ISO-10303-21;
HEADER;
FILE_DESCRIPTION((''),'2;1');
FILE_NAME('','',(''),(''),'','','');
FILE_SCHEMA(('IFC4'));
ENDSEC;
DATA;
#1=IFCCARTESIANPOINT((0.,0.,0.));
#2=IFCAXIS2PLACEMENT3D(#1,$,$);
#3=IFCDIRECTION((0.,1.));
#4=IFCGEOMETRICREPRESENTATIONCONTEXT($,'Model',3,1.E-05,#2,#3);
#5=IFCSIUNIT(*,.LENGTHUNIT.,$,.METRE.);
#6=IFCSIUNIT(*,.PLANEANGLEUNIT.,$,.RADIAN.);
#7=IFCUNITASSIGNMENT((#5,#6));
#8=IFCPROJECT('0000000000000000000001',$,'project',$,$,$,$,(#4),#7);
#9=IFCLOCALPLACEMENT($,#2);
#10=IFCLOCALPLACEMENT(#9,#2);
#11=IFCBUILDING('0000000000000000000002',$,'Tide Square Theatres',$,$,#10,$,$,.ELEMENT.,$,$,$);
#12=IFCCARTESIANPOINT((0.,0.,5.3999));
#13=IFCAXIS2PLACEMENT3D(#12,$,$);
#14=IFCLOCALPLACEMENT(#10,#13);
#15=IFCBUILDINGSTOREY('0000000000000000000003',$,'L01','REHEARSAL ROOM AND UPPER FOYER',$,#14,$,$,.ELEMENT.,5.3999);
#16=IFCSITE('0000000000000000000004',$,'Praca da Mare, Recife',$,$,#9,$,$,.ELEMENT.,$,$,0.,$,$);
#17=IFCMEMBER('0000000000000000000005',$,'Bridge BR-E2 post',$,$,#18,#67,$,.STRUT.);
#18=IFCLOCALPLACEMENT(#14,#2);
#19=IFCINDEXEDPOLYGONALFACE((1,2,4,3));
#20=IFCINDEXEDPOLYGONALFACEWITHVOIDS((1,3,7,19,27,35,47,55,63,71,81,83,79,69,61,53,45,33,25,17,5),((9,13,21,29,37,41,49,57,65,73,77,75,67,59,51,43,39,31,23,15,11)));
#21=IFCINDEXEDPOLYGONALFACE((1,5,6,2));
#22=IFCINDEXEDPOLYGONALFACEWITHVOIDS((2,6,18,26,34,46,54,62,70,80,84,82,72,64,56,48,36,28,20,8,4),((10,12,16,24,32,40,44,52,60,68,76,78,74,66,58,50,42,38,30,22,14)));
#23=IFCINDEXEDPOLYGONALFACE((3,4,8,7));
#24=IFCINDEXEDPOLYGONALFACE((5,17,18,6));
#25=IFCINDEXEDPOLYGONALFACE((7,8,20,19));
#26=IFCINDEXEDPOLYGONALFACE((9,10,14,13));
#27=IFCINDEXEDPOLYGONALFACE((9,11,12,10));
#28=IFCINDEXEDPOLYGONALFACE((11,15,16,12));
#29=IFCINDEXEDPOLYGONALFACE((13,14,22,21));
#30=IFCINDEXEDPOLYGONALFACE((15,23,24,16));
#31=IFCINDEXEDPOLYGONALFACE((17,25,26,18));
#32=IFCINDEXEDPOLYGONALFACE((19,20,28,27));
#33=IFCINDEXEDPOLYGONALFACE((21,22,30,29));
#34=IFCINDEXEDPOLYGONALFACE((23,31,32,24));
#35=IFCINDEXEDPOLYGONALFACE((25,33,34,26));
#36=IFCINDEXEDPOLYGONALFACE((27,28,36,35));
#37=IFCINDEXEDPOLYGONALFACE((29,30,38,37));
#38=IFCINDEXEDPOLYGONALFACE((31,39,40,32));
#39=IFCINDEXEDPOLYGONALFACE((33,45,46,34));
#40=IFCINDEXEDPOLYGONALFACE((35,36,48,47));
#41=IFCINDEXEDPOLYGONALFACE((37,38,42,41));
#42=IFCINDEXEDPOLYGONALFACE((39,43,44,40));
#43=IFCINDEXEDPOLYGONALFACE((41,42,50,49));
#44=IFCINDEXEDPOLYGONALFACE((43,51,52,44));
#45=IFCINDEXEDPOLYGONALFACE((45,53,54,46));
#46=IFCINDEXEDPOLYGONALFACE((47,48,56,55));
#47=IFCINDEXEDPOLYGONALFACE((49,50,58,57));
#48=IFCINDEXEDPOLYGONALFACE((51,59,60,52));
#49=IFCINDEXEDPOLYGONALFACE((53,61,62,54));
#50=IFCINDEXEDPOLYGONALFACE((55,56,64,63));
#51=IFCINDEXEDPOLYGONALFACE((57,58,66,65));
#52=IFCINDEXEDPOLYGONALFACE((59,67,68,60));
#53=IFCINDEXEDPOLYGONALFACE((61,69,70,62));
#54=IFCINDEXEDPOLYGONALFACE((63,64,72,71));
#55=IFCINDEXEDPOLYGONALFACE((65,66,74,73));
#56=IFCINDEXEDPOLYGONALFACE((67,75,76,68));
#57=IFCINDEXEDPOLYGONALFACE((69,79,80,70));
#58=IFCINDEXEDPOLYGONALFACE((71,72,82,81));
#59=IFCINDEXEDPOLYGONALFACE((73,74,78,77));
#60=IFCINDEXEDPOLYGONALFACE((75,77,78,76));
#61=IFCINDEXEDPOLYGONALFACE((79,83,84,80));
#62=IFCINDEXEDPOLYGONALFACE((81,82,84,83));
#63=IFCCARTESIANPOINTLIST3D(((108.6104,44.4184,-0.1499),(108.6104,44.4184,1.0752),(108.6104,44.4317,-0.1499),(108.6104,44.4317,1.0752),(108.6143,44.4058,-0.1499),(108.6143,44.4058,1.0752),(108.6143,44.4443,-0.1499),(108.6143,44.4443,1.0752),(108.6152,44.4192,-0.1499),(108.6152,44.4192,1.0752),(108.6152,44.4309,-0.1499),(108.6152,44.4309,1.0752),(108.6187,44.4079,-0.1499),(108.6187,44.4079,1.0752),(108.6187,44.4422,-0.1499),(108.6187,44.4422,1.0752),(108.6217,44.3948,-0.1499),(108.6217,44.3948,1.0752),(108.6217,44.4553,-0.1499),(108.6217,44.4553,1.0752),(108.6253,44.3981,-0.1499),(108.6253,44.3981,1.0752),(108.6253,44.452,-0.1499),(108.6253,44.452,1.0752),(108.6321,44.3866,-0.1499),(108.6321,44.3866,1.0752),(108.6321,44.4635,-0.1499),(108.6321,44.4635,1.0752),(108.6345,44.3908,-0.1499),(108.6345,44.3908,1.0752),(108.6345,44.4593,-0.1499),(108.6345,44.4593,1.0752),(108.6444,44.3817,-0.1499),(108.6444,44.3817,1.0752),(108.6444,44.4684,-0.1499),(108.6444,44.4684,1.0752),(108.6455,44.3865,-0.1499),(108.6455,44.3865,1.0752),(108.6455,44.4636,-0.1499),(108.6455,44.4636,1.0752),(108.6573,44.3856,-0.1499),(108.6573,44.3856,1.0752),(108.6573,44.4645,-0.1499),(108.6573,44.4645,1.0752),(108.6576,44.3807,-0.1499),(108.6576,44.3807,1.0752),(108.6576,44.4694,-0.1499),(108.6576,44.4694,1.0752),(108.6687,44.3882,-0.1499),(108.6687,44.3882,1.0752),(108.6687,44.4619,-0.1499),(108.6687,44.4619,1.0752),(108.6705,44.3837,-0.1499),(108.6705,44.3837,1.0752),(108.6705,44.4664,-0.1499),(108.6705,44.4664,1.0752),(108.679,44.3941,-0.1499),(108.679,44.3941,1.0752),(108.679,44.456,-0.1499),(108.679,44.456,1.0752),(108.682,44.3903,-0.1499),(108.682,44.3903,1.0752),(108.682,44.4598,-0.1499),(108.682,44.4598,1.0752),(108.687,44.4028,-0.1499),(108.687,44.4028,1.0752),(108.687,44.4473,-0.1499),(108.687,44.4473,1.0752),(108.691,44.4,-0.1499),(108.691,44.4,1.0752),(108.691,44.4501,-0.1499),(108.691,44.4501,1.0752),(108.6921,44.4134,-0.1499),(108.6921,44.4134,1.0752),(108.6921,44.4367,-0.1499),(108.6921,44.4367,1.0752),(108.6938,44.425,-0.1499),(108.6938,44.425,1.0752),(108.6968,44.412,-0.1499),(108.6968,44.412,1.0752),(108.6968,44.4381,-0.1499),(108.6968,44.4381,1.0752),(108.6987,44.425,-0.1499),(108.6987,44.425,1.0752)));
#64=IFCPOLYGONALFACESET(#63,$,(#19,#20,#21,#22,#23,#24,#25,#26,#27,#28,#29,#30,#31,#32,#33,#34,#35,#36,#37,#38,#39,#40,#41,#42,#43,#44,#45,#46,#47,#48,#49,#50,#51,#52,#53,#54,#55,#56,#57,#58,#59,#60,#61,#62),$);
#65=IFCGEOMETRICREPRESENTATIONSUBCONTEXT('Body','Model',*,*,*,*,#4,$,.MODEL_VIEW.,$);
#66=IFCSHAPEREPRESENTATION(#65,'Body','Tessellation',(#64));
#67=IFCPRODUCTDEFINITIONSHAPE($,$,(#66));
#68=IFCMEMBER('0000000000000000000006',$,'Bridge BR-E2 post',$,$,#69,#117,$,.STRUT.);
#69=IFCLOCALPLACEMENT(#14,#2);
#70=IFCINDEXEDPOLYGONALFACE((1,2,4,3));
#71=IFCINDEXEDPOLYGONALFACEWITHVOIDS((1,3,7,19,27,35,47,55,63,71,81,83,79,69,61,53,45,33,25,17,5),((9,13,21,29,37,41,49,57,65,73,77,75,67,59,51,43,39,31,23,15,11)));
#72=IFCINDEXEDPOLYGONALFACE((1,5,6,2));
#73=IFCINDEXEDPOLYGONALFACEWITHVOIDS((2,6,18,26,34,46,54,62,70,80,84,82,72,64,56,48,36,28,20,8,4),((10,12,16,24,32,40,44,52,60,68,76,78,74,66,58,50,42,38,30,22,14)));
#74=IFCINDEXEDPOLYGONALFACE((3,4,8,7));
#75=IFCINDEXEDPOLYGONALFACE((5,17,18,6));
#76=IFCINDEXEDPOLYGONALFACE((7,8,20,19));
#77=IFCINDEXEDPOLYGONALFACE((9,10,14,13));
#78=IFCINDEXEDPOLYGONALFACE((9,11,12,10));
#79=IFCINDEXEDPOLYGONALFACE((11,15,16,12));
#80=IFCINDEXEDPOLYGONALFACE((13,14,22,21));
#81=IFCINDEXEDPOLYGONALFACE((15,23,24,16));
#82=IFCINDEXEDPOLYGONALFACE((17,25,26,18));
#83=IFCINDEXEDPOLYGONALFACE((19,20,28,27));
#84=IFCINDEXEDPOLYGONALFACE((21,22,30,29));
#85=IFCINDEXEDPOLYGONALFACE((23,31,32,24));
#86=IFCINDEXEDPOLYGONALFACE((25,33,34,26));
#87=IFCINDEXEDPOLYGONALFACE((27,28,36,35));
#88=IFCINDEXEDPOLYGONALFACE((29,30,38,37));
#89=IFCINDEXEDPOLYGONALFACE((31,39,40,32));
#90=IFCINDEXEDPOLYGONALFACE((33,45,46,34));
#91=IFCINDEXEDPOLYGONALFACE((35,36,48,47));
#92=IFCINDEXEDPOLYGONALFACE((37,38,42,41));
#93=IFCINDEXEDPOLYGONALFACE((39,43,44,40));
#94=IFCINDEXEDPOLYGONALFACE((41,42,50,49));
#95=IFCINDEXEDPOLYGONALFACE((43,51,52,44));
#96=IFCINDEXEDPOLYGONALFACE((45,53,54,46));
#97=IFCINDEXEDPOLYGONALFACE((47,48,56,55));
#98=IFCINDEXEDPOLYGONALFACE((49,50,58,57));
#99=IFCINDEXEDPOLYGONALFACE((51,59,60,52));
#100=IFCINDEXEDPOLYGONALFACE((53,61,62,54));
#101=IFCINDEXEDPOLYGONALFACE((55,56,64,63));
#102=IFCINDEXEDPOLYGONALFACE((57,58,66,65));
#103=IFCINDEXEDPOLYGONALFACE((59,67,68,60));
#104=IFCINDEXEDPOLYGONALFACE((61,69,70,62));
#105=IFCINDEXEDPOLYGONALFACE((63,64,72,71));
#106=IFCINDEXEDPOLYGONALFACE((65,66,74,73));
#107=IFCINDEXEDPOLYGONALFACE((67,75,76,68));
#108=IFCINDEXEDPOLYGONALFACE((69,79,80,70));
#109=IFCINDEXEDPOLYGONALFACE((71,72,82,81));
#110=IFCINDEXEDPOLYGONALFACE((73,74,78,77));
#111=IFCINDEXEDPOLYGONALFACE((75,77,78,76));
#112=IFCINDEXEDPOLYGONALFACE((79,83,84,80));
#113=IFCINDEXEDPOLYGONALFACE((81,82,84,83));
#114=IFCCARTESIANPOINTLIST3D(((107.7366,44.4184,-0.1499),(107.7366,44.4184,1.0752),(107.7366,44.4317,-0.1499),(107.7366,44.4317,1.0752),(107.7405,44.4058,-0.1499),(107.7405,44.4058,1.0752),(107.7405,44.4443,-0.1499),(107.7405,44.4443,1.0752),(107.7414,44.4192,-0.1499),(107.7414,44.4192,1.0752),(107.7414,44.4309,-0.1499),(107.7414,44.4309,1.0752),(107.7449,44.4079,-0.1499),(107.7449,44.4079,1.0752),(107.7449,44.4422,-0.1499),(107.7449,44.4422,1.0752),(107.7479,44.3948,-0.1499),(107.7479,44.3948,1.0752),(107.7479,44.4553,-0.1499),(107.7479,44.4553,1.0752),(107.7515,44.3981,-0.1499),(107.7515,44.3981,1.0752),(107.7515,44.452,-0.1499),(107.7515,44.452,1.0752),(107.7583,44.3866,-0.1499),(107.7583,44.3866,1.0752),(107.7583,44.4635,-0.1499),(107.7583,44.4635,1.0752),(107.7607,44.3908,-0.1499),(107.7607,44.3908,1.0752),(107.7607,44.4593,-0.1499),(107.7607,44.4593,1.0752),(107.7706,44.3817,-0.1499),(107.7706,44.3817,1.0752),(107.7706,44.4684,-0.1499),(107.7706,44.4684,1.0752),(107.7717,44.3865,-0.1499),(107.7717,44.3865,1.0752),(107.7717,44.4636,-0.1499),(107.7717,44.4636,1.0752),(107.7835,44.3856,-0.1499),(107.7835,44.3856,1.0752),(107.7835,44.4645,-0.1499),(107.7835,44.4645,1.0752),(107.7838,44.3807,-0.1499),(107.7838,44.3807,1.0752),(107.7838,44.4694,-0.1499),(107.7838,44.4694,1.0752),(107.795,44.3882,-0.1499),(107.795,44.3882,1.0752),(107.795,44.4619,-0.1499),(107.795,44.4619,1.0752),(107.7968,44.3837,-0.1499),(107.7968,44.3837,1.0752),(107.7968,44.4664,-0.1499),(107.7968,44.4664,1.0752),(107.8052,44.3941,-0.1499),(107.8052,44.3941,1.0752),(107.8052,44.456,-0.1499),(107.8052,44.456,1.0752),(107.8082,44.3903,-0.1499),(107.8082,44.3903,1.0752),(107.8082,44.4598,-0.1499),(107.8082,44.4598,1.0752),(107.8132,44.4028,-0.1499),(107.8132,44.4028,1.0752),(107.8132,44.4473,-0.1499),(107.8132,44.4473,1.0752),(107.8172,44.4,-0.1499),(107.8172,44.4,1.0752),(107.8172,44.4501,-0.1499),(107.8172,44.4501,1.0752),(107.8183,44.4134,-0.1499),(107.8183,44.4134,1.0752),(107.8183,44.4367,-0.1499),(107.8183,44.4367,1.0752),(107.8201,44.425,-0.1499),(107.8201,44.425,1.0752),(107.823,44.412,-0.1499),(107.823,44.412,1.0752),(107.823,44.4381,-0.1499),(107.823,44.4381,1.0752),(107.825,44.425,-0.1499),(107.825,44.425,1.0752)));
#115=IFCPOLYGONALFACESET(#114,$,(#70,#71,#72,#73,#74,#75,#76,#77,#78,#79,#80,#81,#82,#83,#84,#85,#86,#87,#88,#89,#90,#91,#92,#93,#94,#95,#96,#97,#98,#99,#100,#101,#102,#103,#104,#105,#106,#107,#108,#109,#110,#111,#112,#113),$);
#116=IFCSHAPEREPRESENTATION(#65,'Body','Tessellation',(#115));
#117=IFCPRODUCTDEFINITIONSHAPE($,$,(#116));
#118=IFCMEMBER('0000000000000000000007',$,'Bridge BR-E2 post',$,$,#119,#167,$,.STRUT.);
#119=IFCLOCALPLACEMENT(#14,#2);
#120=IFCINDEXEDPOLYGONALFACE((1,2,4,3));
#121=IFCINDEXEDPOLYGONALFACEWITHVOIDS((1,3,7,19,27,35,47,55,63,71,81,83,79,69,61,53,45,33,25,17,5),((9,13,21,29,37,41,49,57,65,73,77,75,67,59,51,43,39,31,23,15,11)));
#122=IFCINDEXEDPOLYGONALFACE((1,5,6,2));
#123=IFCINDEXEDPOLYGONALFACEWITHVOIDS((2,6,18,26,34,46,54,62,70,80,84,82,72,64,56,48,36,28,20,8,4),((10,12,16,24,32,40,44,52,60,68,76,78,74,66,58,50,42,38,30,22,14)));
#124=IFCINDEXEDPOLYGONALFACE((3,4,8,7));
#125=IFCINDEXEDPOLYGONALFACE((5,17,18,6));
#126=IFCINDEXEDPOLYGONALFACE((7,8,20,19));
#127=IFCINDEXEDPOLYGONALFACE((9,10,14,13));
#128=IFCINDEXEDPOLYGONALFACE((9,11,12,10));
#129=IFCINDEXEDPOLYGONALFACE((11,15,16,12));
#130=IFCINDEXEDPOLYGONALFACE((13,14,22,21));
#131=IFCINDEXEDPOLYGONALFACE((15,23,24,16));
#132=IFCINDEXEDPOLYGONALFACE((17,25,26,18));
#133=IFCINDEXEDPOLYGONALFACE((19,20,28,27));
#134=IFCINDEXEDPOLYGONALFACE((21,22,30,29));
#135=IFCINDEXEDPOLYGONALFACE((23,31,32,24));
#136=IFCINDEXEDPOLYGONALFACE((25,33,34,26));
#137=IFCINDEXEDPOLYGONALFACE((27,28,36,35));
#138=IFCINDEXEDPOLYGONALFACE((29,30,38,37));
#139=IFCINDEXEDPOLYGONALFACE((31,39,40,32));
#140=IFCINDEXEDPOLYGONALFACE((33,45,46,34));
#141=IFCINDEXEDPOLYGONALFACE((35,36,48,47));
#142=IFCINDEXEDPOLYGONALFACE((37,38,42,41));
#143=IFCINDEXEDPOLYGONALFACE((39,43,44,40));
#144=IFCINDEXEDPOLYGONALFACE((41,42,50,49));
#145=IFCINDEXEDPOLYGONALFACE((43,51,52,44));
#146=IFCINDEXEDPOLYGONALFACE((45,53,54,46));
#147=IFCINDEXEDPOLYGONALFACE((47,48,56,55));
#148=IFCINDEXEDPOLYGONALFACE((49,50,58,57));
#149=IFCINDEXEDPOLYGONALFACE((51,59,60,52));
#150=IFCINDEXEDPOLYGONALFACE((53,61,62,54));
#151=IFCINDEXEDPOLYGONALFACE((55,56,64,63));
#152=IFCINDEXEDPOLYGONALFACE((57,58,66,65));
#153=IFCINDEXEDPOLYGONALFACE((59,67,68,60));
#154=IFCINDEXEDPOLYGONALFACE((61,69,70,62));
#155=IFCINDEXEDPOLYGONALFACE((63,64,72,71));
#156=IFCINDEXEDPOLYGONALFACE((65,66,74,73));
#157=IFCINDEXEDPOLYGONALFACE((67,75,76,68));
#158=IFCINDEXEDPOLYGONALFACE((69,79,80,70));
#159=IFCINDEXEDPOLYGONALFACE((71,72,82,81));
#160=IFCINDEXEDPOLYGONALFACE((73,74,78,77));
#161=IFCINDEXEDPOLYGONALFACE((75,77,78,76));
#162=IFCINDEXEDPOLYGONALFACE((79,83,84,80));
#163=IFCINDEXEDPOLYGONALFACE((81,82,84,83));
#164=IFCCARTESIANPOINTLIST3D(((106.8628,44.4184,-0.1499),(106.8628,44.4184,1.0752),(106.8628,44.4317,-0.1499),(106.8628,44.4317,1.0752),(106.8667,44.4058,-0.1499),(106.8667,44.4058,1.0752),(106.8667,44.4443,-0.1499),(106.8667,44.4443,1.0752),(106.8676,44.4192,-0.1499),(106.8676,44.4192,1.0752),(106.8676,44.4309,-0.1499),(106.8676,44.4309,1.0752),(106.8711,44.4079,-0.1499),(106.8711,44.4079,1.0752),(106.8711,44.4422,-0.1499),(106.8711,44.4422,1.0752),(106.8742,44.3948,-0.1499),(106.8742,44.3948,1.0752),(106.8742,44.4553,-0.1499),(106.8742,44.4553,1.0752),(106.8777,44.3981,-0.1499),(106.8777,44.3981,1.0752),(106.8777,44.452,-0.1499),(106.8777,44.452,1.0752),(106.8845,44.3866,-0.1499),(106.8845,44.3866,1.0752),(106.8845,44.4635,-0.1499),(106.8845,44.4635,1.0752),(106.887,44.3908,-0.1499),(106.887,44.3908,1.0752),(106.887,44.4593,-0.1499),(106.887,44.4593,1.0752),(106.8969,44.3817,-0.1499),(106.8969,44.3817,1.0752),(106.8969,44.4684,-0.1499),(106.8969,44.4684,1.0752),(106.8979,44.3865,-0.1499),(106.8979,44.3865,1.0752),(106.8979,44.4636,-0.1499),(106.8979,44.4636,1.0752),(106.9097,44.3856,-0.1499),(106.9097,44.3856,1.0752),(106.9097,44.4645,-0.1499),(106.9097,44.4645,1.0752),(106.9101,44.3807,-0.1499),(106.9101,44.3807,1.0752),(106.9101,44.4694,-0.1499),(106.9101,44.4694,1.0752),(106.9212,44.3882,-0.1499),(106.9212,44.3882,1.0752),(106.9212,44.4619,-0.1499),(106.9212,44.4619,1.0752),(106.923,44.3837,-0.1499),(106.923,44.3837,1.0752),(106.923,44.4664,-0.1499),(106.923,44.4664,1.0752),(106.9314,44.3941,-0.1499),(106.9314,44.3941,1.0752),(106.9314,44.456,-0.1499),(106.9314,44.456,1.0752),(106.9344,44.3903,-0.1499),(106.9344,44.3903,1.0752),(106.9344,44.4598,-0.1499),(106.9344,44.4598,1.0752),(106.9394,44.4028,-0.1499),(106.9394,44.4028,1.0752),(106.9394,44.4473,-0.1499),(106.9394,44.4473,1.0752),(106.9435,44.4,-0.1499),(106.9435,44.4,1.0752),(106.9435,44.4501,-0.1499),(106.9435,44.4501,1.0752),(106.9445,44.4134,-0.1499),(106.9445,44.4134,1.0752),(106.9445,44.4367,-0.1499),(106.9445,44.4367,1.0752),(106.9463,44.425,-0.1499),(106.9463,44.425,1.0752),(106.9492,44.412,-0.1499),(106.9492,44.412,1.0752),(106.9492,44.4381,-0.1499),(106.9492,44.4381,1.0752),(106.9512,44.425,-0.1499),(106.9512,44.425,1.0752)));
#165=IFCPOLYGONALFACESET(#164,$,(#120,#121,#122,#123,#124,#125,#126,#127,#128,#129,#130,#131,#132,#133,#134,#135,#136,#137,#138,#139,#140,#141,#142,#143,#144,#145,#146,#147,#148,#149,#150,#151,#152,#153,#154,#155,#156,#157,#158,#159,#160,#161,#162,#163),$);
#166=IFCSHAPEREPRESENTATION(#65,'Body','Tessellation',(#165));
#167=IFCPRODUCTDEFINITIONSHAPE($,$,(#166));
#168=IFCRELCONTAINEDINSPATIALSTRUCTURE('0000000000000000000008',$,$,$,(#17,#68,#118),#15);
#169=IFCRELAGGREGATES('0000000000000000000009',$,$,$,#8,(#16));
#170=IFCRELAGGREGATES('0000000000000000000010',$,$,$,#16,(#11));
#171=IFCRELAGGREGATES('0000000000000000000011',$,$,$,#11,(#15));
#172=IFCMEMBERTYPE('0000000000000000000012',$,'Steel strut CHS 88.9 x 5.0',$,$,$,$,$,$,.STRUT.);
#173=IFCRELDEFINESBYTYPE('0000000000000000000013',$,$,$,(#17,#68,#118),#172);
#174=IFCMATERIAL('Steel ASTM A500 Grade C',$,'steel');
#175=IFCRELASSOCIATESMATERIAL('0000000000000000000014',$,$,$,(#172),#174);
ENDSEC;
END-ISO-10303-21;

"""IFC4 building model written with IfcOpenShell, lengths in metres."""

from ifc_helpers import new_model, si_unit, direction, frame, origin, origin_2d, place, context, subcontext, project, spatial, hollow_circle, extrude, material, material_profile, profile_set, type_object, element, save


model = new_model("IFC4")

# Units and contexts
model_context = context("Model", 3, precision=1e-05, world=origin(), true_north=direction((0.0, 1.0)))
body_context = subcontext(model_context, "Body", "Model", "MODEL_VIEW")
ifc_project = project(units=[si_unit("LENGTHUNIT", "METRE"), si_unit("PLANEANGLEUNIT", "RADIAN")], contexts=[model_context])

# Site, building, storey
site_placement = place(None, origin())
site = spatial("IfcSite", under=ifc_project, at=site_placement, Name="Praca da Mare, Recife", CompositionType="ELEMENT", RefElevation=0.0)
building_placement = place(site_placement, origin())
building = spatial("IfcBuilding", under=site, at=building_placement, Name="Tide Square Theatres", CompositionType="ELEMENT")
storey_placement = place(building_placement, frame((0.0, 0.0, 5.3999)))
storey = spatial("IfcBuildingStorey", under=building, at=storey_placement, Name="L01", Description="REHEARSAL ROOM AND UPPER FOYER", CompositionType="ELEMENT", Elevation=5.3999)

# Members
ifc_material_1 = material(Name="Steel ASTM A500 Grade C", Category="steel")
ifc_material_profile_1 = material_profile(ifc_material_1, hollow_circle(Radius=0.0444, WallThickness=0.0049, at=origin_2d()))
ifc_profile_set_1 = profile_set([ifc_material_profile_1], Name="Steel ASTM A500 Grade C")
member_type_1 = type_object("IfcMemberType", Name="Steel strut CHS 88.9 x 5.0", PredefinedType="STRUT", material=ifc_profile_set_1)
for number, where, z_axis, x_axis, name in (
    (1, (108.6543, 44.425, -0.1499), (0.0, 0.0, 1.0), (1.0, 0.0, 0.0), "Bridge BR-E2 post"),
    (2, (107.7805, 44.425, -0.1499), (0.0, 0.0, 1.0), (1.0, 0.0, 0.0), "Bridge BR-E2 post"),
    (3, (106.9067, 44.425, -0.1499), (0.0, 0.0, 1.0), (1.0, 0.0, 0.0), "Bridge BR-E2 post"),
):
    element("IfcMember", number, at=place(storey_placement, frame(where, z_axis=z_axis, x_axis=x_axis)), inside=storey, type_object=member_type_1, Name=name, PredefinedType="STRUT", context=body_context, shape_type="SweptSolid", body=[
        extrude(hollow_circle(Radius=0.0444, WallThickness=0.0049, at=origin_2d()), origin(), (0.0, 0.0, 1.0), 1.2251),
    ])

save(model, "model.ifc")
